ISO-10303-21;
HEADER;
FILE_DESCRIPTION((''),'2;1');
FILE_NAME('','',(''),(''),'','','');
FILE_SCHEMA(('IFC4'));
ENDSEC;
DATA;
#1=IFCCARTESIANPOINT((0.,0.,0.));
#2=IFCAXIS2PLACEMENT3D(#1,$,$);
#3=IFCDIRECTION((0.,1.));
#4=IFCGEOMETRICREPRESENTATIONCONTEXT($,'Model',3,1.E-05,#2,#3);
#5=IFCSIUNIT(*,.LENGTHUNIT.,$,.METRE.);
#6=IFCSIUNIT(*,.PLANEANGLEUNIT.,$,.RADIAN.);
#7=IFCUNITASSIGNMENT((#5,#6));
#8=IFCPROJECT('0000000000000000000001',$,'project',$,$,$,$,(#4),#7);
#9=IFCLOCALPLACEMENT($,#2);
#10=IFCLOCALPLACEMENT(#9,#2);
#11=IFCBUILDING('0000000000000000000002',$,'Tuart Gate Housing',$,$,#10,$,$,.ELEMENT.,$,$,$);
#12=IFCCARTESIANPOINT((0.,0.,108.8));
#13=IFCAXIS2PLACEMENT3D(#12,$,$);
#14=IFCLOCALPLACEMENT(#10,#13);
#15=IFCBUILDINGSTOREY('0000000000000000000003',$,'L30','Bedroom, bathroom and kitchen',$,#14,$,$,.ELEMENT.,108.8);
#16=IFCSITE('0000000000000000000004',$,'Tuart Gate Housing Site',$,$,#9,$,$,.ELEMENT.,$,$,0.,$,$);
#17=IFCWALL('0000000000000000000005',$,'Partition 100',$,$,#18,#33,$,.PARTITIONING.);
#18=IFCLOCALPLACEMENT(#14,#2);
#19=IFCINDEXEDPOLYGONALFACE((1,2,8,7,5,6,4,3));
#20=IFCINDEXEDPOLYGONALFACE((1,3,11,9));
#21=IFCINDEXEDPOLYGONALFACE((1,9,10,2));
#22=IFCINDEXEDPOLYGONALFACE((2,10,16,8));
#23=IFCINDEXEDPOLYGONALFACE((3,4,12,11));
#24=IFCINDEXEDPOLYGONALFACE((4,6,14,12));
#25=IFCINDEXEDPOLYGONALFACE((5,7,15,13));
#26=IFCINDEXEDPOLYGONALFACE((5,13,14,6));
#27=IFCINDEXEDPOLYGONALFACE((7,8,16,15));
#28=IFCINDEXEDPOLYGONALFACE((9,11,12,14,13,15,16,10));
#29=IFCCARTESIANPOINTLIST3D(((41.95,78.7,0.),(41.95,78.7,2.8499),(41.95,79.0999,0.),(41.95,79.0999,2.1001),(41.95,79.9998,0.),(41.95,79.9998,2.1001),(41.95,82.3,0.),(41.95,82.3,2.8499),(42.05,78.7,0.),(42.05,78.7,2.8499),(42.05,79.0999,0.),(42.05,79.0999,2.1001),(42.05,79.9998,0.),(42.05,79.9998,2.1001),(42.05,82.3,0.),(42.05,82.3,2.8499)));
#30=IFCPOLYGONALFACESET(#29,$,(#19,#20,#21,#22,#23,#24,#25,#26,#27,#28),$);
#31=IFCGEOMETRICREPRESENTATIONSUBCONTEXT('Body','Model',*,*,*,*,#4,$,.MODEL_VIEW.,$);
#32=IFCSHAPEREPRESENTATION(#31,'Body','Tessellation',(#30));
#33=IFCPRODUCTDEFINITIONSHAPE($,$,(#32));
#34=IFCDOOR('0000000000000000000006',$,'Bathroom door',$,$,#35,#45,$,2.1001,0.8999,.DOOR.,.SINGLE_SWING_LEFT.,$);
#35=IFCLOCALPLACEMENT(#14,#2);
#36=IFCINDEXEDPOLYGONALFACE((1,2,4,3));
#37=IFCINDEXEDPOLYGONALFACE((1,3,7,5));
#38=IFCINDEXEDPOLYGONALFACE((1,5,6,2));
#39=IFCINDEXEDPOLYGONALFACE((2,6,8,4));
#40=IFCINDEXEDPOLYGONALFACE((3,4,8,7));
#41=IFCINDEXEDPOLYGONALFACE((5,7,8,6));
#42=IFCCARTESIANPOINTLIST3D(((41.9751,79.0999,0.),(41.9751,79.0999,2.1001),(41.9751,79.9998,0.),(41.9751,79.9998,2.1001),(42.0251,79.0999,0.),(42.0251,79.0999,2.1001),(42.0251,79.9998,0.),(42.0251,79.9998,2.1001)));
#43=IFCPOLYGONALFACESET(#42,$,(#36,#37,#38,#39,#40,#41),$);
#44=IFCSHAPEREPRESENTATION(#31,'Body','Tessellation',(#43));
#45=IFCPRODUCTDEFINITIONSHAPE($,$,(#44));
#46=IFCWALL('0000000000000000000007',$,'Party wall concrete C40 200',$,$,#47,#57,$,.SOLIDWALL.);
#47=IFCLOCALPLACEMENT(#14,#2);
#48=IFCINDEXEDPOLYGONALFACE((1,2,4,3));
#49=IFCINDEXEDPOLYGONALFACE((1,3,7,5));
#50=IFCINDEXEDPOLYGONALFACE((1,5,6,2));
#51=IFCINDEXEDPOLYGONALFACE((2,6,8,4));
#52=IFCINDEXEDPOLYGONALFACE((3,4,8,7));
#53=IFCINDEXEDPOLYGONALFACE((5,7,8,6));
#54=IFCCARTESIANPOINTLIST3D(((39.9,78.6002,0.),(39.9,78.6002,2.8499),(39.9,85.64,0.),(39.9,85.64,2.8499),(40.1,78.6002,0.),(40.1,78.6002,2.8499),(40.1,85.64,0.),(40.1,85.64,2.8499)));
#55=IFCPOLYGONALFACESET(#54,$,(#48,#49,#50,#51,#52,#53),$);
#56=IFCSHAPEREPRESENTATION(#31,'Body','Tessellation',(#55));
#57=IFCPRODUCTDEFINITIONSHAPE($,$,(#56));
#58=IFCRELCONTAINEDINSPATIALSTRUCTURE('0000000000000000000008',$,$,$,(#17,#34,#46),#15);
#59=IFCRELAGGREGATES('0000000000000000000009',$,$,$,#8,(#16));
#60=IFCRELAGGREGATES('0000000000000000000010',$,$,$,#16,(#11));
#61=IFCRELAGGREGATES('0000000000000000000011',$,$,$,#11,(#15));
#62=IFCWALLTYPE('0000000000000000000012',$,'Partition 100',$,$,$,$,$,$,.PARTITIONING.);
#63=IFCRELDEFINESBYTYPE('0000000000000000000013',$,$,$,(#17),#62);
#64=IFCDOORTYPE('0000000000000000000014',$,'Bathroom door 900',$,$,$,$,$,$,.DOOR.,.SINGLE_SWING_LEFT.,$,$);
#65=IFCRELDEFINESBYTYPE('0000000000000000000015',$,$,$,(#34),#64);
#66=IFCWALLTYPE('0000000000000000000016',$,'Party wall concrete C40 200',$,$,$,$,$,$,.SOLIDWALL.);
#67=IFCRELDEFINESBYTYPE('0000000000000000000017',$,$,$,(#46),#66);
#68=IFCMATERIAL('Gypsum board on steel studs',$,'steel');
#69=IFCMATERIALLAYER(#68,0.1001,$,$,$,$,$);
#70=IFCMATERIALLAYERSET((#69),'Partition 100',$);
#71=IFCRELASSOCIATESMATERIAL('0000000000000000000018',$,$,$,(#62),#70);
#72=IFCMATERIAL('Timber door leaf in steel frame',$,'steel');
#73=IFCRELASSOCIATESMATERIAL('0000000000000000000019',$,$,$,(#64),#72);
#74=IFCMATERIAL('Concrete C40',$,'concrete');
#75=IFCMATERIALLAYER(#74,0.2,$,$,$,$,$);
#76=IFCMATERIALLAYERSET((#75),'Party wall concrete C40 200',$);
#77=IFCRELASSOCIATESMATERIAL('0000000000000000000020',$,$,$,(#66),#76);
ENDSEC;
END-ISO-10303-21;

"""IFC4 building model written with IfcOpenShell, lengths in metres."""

from ifc_helpers import new_model, si_unit, direction, frame, frame_2d, origin, place, context, subcontext, project, spatial, rectangle, extrude, material, layer, layer_set, type_object, element, fill, save


model = new_model("IFC4")

# Units and contexts
model_context = context("Model", 3, precision=1e-05, world=origin(), true_north=direction((0.0, 1.0)))
body_context = subcontext(model_context, "Body", "Model", "MODEL_VIEW")
ifc_project = project(units=[si_unit("LENGTHUNIT", "METRE"), si_unit("PLANEANGLEUNIT", "RADIAN")], contexts=[model_context])

# Site, building, storey
site_placement = place(None, origin())
site = spatial("IfcSite", under=ifc_project, at=site_placement, Name="Tuart Gate Housing Site", CompositionType="ELEMENT", RefElevation=0.0)
building_placement = place(site_placement, origin())
building = spatial("IfcBuilding", under=site, at=building_placement, Name="Tuart Gate Housing", CompositionType="ELEMENT")
storey_placement = place(building_placement, frame((0.0, 0.0, 108.8)))
storey = spatial("IfcBuildingStorey", under=building, at=storey_placement, Name="L30", Description="Bedroom, bathroom and kitchen", CompositionType="ELEMENT", Elevation=108.8)

# Shared definitions
ifc_material_1 = material(Name="Gypsum board on steel studs", Category="steel")
ifc_layer_1 = layer(ifc_material_1, 0.1001)
ifc_layer_set_1 = layer_set([ifc_layer_1], Name="Partition 100")
wall_type_1 = type_object("IfcWallType", Name="Partition 100", PredefinedType="PARTITIONING", material=ifc_layer_set_1)

# Wall, opening, door
ifc_material_2 = material(Name="Timber door leaf in steel frame", Category="steel")
door_type_1 = type_object("IfcDoorType", Name="Bathroom door 900", OperationType="SINGLE_SWING_LEFT", PredefinedType="DOOR", material=ifc_material_2)
wall_1_placement = place(storey_placement, frame((42.0, 78.7, 0.0), z_axis=(0.0, 0.0, 1.0), x_axis=(0.0, 1.0, 0.0)))
wall_1 = element("IfcWall", 1, at=wall_1_placement, inside=storey, type_object=wall_type_1, Name="Partition 100", PredefinedType="PARTITIONING", context=body_context, shape_type="SweptSolid", body=[
    extrude(rectangle(XDim=3.6001, YDim=0.1001, at=frame_2d((1.8, 0.0))), origin(), (0.0, 0.0, 1.0), 2.8499),
])
opening_1_placement = place(wall_1_placement, frame((0.3999, 0.0, 0.0)))
opening_1 = element("IfcOpeningElement", 2, at=opening_1_placement, cuts=wall_1, PredefinedType="OPENING", context=body_context, shape_type="SweptSolid", body=[
    extrude(rectangle(XDim=0.8999, YDim=2.1001, at=frame_2d((0.45, 1.05))), frame((0.0, 0.0601, 0.0), z_axis=(0.0, -1.0, 0.0), x_axis=(1.0, 0.0, 0.0)), (0.0, 0.0, 1.0), 0.1201),
])
door_1_placement = place(opening_1_placement, origin())
door_1 = element("IfcDoor", 3, at=door_1_placement, inside=storey, type_object=door_type_1, Name="Bathroom door", OperationType="SINGLE_SWING_LEFT", OverallHeight=2.1001, OverallWidth=0.8999, PredefinedType="DOOR", context=body_context, shape_type="SweptSolid", body=[
    extrude(rectangle(XDim=0.8999, YDim=2.1001, at=frame_2d((0.45, 1.05))), frame((0.0, 0.0249, 0.0), z_axis=(0.0, -1.0, 0.0), x_axis=(1.0, 0.0, 0.0)), (0.0, 0.0, 1.0), 0.05),
])
fill(opening_1, door_1)

# Wall
ifc_material_3 = material(Name="Concrete C40", Category="concrete")
ifc_layer_2 = layer(ifc_material_3, 0.2)
ifc_layer_set_2 = layer_set([ifc_layer_2], Name="Party wall concrete C40 200")
wall_type_2 = type_object("IfcWallType", Name="Party wall concrete C40 200", PredefinedType="SOLIDWALL", material=ifc_layer_set_2)
wall_2_placement = place(storey_placement, frame((40.0, 78.6001, 0.0), z_axis=(0.0, 0.0, 1.0), x_axis=(0.0, 1.0, 0.0)))
element("IfcWall", 4, at=wall_2_placement, inside=storey, type_object=wall_type_2, Name="Party wall concrete C40 200", PredefinedType="SOLIDWALL", context=body_context, shape_type="SweptSolid", body=[
    extrude(rectangle(XDim=7.0398, YDim=0.2, at=frame_2d((3.52, 0.0))), origin(), (0.0, 0.0, 1.0), 2.8499),
])

save(model, "model.ifc")
